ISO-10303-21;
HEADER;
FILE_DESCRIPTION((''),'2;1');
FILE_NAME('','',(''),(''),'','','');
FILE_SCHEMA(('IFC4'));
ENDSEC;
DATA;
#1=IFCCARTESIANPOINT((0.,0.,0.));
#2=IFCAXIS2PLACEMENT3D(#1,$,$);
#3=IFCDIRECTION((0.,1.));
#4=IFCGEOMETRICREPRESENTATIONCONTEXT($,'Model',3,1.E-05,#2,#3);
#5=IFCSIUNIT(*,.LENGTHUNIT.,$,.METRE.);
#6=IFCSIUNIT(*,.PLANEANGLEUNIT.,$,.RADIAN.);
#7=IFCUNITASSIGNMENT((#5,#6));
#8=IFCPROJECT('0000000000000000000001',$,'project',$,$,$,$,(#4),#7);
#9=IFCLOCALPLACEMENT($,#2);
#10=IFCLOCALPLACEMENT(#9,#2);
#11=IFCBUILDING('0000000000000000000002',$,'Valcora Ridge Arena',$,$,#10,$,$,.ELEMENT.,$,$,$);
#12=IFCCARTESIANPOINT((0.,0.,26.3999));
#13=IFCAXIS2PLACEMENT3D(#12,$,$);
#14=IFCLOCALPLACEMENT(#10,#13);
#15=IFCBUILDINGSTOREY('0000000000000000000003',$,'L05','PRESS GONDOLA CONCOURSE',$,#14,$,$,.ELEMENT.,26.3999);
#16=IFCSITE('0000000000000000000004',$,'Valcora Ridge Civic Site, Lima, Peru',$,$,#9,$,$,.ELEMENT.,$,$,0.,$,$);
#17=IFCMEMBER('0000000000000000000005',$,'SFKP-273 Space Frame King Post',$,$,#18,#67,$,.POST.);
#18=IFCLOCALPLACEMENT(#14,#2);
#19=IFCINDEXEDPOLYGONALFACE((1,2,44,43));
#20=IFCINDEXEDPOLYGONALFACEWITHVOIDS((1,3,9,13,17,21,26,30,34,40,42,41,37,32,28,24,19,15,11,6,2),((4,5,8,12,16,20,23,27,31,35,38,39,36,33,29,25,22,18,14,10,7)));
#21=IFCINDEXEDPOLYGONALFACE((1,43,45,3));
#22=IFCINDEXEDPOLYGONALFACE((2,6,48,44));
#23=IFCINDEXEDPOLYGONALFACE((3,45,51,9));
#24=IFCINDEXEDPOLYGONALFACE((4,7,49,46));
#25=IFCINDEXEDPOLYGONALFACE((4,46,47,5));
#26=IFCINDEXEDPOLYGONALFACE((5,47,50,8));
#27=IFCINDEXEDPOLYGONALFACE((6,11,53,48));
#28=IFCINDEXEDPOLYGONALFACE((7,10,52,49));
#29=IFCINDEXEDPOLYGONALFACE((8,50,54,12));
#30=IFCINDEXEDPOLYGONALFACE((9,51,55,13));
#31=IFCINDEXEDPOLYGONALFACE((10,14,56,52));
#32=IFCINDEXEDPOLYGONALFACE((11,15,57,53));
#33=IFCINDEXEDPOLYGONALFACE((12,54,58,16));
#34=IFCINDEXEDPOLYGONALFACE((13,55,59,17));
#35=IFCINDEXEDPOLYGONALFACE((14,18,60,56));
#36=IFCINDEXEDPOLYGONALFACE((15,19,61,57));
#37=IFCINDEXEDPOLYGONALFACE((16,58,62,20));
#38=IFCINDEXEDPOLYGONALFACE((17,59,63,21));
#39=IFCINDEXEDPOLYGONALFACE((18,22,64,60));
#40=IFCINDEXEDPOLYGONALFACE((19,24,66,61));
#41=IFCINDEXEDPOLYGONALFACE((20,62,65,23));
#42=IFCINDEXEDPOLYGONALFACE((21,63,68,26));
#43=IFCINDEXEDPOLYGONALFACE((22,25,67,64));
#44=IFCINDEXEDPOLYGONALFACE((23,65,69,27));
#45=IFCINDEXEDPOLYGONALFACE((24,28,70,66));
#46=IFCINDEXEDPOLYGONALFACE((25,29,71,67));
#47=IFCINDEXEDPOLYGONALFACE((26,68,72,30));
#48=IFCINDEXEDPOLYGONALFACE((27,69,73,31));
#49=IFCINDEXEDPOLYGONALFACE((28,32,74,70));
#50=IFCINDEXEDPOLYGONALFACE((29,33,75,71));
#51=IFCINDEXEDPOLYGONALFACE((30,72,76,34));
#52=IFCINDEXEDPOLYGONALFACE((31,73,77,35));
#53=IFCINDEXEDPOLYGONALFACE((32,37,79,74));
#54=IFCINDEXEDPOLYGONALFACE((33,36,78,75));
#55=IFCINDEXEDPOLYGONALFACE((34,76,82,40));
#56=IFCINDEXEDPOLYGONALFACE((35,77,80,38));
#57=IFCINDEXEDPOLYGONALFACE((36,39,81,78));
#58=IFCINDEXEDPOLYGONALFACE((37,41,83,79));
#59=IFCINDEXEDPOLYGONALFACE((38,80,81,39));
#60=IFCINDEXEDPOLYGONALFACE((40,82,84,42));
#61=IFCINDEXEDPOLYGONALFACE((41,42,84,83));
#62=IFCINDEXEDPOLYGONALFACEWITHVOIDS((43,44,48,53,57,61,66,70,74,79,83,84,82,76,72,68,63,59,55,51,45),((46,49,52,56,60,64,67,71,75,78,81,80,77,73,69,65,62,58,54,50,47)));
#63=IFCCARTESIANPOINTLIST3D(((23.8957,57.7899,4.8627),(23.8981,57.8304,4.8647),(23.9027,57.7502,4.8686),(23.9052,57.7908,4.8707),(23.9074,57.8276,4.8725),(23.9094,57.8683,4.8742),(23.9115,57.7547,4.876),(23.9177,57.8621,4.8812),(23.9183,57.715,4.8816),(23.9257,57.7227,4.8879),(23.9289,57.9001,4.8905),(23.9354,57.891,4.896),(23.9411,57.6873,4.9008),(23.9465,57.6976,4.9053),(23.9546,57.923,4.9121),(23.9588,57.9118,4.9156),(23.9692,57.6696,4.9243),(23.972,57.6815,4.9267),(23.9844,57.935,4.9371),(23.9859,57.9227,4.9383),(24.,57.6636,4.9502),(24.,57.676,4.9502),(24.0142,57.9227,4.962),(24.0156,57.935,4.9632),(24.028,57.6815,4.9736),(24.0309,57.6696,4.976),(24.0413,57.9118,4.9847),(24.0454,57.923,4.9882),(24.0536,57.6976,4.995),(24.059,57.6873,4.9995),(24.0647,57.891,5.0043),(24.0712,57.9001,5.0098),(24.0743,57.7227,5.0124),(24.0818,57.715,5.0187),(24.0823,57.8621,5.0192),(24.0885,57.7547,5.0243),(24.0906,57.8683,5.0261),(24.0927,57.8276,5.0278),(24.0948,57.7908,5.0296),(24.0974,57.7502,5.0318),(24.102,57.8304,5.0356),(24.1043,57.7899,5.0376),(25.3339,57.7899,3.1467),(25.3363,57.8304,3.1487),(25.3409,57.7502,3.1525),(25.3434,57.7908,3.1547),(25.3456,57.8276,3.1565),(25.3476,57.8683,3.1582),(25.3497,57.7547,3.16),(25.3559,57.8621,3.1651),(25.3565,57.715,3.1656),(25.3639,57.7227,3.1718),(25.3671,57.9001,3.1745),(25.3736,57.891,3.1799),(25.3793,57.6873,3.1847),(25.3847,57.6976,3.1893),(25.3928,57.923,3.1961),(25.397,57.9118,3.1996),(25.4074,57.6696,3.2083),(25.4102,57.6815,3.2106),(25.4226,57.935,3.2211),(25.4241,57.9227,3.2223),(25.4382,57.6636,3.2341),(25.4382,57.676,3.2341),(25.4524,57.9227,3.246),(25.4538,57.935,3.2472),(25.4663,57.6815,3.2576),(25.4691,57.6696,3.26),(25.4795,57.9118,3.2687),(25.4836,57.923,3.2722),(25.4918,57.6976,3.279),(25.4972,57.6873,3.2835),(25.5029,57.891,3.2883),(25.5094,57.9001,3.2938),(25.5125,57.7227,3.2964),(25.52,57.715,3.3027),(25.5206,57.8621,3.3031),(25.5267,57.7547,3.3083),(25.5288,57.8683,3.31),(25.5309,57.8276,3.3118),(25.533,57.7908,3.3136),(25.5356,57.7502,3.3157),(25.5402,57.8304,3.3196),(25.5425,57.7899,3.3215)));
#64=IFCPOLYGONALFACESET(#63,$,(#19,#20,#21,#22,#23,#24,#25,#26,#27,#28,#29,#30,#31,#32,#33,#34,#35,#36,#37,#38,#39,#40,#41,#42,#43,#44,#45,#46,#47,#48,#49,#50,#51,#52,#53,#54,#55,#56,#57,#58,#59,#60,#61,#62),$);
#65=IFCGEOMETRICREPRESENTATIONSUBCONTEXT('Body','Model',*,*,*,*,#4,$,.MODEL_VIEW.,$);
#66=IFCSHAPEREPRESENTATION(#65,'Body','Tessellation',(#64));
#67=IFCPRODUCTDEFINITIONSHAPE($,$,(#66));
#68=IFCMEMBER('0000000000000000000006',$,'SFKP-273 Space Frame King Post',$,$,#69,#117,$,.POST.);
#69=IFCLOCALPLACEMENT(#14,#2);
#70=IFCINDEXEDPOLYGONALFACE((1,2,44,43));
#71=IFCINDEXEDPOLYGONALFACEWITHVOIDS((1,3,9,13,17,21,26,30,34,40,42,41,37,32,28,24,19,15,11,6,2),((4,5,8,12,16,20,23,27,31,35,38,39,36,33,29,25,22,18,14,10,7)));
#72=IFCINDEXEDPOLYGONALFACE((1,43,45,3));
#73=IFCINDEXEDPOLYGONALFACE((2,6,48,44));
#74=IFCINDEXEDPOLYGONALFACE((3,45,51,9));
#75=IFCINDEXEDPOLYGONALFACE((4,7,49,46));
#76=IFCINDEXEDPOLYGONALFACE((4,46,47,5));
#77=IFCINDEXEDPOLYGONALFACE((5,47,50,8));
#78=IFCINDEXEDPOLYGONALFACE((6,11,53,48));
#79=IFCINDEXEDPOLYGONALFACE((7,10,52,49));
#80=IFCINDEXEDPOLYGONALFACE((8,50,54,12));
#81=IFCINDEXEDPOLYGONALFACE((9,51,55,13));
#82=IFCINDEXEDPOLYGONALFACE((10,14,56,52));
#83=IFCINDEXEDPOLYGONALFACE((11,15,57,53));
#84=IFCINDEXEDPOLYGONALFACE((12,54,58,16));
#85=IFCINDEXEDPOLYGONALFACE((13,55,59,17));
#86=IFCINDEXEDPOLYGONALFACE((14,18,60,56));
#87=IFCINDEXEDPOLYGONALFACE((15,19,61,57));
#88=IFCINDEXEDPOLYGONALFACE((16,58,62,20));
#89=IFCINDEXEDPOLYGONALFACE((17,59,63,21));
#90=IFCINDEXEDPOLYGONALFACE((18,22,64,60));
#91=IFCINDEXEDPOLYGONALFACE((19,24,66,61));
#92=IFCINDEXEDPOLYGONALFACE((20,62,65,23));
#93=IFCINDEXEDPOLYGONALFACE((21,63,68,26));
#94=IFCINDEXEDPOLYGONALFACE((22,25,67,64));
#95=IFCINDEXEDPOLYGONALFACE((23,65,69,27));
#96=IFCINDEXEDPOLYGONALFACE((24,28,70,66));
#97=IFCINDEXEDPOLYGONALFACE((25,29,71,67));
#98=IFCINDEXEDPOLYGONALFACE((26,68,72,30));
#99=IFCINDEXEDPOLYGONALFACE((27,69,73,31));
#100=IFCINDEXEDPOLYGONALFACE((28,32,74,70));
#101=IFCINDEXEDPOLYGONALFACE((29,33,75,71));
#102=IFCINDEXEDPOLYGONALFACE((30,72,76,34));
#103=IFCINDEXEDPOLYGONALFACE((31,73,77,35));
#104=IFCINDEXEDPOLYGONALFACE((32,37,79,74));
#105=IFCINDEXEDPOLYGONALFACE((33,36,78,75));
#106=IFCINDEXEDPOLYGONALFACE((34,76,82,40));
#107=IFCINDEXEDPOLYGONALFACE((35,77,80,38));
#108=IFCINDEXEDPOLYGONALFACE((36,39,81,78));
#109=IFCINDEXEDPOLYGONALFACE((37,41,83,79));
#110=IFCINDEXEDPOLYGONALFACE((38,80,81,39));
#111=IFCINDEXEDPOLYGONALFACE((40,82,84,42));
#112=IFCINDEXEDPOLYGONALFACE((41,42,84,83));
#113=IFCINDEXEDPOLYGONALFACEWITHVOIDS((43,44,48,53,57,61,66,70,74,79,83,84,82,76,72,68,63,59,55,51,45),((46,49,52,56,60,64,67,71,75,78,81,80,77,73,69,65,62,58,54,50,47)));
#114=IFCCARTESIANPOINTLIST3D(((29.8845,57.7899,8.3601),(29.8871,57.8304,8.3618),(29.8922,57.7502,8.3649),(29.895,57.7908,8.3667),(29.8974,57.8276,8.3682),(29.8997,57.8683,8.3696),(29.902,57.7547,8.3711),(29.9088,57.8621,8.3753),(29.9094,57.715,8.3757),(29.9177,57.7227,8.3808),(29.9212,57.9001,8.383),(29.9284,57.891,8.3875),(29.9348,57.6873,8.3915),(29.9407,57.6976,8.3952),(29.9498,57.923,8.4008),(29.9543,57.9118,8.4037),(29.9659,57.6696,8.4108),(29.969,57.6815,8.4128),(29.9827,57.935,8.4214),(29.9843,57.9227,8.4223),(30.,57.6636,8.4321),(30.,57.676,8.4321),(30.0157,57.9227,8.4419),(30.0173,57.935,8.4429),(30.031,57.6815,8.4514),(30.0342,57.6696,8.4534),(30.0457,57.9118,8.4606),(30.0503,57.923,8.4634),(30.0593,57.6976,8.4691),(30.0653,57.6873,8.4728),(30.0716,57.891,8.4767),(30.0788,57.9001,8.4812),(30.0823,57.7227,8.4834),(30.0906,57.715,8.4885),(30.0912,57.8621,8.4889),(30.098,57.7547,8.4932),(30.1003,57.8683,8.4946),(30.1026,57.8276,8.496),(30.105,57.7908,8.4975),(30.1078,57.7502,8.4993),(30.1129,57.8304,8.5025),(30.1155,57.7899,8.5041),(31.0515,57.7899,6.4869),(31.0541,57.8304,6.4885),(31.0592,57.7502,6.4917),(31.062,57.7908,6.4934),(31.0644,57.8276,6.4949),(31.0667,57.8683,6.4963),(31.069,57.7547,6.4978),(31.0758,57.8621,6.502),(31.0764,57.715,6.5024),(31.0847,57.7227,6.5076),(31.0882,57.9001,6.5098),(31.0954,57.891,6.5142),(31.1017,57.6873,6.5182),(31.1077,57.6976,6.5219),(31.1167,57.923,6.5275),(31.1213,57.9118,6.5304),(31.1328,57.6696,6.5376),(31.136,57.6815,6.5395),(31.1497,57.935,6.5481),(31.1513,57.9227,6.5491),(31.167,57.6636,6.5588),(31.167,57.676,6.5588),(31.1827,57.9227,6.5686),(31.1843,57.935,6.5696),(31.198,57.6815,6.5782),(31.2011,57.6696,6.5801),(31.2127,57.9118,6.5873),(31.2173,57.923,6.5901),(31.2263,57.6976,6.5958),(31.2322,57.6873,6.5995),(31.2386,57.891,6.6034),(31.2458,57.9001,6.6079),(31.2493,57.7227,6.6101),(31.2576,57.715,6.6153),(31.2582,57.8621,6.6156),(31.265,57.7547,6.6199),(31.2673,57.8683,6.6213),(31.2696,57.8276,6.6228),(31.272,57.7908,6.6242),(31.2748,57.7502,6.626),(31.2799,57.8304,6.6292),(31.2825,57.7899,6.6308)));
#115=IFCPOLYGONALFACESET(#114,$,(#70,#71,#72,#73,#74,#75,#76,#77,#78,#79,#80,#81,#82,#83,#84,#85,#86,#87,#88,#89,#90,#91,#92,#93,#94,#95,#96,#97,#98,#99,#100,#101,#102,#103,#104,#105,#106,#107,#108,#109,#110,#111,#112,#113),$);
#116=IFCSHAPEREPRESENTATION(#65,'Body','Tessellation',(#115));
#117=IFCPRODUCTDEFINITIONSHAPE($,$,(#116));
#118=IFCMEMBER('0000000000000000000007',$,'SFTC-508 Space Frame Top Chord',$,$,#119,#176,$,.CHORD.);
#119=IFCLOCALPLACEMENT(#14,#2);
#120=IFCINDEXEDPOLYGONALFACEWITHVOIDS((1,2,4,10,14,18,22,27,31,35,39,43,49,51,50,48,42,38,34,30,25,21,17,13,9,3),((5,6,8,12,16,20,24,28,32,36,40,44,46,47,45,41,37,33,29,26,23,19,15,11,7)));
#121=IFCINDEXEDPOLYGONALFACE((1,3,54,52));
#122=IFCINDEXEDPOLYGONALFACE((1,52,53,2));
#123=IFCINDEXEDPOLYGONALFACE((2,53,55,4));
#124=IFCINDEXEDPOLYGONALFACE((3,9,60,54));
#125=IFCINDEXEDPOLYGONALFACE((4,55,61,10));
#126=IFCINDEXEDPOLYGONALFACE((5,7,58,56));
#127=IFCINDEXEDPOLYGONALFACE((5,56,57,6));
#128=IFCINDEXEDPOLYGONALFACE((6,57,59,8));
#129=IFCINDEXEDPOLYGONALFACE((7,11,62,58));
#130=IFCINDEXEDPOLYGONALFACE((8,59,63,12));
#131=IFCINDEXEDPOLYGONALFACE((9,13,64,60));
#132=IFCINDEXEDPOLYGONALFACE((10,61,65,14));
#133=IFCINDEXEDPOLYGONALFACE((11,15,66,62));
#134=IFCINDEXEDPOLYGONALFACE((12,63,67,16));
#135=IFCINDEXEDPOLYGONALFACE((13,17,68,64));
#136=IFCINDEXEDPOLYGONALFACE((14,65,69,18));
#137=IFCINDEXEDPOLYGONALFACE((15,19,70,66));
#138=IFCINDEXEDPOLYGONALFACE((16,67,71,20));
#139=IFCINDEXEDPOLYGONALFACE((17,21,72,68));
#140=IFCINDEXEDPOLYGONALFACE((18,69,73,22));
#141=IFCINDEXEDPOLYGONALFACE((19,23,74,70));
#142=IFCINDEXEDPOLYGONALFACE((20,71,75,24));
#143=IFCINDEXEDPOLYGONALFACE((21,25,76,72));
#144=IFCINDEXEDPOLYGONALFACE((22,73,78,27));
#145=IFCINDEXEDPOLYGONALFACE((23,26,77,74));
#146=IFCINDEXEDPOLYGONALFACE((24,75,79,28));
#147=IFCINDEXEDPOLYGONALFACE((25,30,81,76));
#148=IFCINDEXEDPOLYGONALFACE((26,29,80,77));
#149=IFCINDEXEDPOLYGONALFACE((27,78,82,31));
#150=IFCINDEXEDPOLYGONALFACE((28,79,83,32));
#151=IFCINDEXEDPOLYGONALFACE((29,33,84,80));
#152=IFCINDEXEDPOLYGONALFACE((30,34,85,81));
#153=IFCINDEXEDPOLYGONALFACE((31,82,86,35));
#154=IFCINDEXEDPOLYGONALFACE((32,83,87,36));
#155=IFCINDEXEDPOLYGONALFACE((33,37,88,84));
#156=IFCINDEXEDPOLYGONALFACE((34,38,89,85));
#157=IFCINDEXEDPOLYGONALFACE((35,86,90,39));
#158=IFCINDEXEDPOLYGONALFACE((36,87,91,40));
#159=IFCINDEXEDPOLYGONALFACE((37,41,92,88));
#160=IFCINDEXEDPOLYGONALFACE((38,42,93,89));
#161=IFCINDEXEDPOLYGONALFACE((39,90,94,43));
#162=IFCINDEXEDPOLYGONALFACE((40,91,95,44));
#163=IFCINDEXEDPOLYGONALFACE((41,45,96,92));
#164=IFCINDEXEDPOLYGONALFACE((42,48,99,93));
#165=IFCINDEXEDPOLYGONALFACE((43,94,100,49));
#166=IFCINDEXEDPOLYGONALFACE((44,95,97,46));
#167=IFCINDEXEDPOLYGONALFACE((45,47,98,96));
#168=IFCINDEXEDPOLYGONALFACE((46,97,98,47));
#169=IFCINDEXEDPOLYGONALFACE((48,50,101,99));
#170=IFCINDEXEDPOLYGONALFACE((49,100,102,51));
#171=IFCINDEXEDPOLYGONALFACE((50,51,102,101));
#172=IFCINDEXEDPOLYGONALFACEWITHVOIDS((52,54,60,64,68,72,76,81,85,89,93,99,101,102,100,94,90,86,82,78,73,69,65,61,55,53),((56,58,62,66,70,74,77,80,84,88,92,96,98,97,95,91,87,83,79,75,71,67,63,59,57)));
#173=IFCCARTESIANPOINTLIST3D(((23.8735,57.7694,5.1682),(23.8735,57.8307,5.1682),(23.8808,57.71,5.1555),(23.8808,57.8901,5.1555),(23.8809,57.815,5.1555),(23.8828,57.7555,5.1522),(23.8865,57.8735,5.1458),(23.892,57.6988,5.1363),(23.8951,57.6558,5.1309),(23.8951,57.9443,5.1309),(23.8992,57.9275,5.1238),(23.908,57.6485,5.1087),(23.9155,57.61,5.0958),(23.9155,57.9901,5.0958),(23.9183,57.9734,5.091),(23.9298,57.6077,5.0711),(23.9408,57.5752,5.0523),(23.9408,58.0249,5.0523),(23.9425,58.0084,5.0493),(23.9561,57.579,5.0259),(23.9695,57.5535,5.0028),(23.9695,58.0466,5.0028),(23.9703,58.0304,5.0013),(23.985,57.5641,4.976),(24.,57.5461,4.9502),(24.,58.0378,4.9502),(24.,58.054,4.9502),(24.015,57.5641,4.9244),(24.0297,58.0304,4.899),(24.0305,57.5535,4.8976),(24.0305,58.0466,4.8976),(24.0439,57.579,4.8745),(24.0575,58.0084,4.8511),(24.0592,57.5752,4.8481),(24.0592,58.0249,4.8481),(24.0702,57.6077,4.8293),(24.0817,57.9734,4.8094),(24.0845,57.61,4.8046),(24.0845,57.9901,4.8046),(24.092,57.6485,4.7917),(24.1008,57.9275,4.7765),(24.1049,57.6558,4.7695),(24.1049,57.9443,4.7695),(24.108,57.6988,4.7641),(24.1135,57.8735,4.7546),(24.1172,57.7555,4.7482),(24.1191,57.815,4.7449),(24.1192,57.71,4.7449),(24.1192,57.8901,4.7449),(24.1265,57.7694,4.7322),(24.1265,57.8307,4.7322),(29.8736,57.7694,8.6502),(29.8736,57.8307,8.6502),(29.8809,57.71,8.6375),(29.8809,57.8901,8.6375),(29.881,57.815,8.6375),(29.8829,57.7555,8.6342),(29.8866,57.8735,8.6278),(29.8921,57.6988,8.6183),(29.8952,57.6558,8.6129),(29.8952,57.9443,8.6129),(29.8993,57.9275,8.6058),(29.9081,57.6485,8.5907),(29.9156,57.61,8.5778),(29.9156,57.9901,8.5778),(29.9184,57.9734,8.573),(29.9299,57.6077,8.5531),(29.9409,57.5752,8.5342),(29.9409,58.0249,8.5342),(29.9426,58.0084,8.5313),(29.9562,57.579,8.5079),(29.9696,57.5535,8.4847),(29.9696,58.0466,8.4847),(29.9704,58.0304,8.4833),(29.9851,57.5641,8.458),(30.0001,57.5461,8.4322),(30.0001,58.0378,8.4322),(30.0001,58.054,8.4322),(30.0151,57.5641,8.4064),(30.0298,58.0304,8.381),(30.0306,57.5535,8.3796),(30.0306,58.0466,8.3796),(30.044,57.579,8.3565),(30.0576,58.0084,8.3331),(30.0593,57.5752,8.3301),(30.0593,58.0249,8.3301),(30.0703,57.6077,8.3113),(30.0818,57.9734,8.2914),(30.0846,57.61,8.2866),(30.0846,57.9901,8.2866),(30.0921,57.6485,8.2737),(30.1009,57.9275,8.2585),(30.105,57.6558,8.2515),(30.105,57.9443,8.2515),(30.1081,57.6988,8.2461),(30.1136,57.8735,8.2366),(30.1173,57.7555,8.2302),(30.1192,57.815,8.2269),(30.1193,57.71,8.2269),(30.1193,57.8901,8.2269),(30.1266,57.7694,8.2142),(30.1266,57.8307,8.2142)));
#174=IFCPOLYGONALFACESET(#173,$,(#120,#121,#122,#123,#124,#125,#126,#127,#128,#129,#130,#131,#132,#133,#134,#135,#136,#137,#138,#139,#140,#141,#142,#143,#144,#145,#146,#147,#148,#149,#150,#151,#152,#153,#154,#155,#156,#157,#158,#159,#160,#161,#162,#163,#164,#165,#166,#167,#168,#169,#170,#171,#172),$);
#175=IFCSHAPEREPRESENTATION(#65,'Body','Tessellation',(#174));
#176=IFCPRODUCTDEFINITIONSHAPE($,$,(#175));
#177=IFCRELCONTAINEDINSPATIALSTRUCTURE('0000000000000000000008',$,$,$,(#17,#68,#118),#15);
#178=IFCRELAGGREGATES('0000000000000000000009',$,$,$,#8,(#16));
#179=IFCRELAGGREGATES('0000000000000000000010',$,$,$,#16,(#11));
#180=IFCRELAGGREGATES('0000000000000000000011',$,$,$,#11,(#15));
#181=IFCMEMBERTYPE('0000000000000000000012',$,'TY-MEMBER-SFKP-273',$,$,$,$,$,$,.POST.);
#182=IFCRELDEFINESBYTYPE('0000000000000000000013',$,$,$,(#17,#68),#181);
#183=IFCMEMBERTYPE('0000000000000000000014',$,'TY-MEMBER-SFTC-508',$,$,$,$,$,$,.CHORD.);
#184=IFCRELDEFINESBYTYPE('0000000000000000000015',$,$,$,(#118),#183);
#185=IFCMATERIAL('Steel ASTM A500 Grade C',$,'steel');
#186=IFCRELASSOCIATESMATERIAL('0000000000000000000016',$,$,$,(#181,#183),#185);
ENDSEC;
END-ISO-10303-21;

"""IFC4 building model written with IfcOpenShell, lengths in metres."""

from ifc_helpers import new_model, si_unit, direction, frame, origin, origin_2d, place, context, subcontext, project, spatial, hollow_circle, extrude, material, material_profile, profile_set, type_object, element, save


model = new_model("IFC4")

# Units and contexts
model_context = context("Model", 3, precision=1e-05, world=origin(), true_north=direction((0.0, 1.0)))
body_context = subcontext(model_context, "Body", "Model", "MODEL_VIEW")
ifc_project = project(units=[si_unit("LENGTHUNIT", "METRE"), si_unit("PLANEANGLEUNIT", "RADIAN")], contexts=[model_context])

# Site, building, storey
site_placement = place(None, origin())
site = spatial("IfcSite", under=ifc_project, at=site_placement, Name="Valcora Ridge Civic Site, Lima, Peru", CompositionType="ELEMENT", RefElevation=0.0)
building_placement = place(site_placement, origin())
building = spatial("IfcBuilding", under=site, at=building_placement, Name="Valcora Ridge Arena", CompositionType="ELEMENT")
storey_placement = place(building_placement, frame((0.0, 0.0, 26.3999)))
storey = spatial("IfcBuildingStorey", under=building, at=storey_placement, Name="L05", Description="PRESS GONDOLA CONCOURSE", CompositionType="ELEMENT", Elevation=26.3999)

# Members
ifc_material_1 = material(Name="Steel ASTM A500 Grade C", Category="steel")
ifc_material_profile_1 = material_profile(ifc_material_1, hollow_circle(Radius=0.1365, WallThickness=0.0125, at=origin_2d()), Name="CHS273X12")
ifc_profile_set_1 = profile_set([ifc_material_profile_1], Name="Steel ASTM A500 Grade C")
member_type_1 = type_object("IfcMemberType", Name="TY-MEMBER-SFKP-273", PredefinedType="POST", material=ifc_profile_set_1)
member_1_placement = place(storey_placement, frame((25.4382, 57.8, 3.2341), z_axis=(-0.642338, 0.0, 0.766422), x_axis=(0.0, -1.0, 0.0)))
element("IfcMember", 1, at=member_1_placement, inside=storey, type_object=member_type_1, Name="SFKP-273 Space Frame King Post", PredefinedType="POST", context=body_context, shape_type="SweptSolid", body=[
    extrude(hollow_circle(Radius=0.1365, WallThickness=0.0125, at=origin_2d()), origin(), (0.0, 0.0, 1.0), 2.239),
])
member_2_placement = place(storey_placement, frame((31.167, 57.8, 6.5588), z_axis=(-0.528755, 0.0, 0.848774), x_axis=(0.0, -1.0, 0.0)))
element("IfcMember", 2, at=member_2_placement, inside=storey, type_object=member_type_1, Name="SFKP-273 Space Frame King Post", PredefinedType="POST", context=body_context, shape_type="SweptSolid", body=[
    extrude(hollow_circle(Radius=0.1365, WallThickness=0.0125, at=origin_2d()), origin(), (0.0, 0.0, 1.0), 2.207),
])
ifc_material_profile_2 = material_profile(ifc_material_1, hollow_circle(Radius=0.2539, WallThickness=0.0161, at=origin_2d()), Name="CHS508X16")
ifc_profile_set_2 = profile_set([ifc_material_profile_2], Name="Steel ASTM A500 Grade C")
member_type_2 = type_object("IfcMemberType", Name="TY-MEMBER-SFTC-508", PredefinedType="CHORD", material=ifc_profile_set_2)
member_3_placement = place(storey_placement, frame((24.0, 57.8, 4.9502), z_axis=(0.86491, 0.0, 0.501927), x_axis=(0.0, 1.0, 0.0)))
element("IfcMember", 3, at=member_3_placement, inside=storey, type_object=member_type_2, Name="SFTC-508 Space Frame Top Chord", PredefinedType="CHORD", context=body_context, shape_type="SweptSolid", body=[
    extrude(hollow_circle(Radius=0.2539, WallThickness=0.0161, at=origin_2d()), origin(), (0.0, 0.0, 1.0), 6.9373),
])

save(model, "model.ifc")
